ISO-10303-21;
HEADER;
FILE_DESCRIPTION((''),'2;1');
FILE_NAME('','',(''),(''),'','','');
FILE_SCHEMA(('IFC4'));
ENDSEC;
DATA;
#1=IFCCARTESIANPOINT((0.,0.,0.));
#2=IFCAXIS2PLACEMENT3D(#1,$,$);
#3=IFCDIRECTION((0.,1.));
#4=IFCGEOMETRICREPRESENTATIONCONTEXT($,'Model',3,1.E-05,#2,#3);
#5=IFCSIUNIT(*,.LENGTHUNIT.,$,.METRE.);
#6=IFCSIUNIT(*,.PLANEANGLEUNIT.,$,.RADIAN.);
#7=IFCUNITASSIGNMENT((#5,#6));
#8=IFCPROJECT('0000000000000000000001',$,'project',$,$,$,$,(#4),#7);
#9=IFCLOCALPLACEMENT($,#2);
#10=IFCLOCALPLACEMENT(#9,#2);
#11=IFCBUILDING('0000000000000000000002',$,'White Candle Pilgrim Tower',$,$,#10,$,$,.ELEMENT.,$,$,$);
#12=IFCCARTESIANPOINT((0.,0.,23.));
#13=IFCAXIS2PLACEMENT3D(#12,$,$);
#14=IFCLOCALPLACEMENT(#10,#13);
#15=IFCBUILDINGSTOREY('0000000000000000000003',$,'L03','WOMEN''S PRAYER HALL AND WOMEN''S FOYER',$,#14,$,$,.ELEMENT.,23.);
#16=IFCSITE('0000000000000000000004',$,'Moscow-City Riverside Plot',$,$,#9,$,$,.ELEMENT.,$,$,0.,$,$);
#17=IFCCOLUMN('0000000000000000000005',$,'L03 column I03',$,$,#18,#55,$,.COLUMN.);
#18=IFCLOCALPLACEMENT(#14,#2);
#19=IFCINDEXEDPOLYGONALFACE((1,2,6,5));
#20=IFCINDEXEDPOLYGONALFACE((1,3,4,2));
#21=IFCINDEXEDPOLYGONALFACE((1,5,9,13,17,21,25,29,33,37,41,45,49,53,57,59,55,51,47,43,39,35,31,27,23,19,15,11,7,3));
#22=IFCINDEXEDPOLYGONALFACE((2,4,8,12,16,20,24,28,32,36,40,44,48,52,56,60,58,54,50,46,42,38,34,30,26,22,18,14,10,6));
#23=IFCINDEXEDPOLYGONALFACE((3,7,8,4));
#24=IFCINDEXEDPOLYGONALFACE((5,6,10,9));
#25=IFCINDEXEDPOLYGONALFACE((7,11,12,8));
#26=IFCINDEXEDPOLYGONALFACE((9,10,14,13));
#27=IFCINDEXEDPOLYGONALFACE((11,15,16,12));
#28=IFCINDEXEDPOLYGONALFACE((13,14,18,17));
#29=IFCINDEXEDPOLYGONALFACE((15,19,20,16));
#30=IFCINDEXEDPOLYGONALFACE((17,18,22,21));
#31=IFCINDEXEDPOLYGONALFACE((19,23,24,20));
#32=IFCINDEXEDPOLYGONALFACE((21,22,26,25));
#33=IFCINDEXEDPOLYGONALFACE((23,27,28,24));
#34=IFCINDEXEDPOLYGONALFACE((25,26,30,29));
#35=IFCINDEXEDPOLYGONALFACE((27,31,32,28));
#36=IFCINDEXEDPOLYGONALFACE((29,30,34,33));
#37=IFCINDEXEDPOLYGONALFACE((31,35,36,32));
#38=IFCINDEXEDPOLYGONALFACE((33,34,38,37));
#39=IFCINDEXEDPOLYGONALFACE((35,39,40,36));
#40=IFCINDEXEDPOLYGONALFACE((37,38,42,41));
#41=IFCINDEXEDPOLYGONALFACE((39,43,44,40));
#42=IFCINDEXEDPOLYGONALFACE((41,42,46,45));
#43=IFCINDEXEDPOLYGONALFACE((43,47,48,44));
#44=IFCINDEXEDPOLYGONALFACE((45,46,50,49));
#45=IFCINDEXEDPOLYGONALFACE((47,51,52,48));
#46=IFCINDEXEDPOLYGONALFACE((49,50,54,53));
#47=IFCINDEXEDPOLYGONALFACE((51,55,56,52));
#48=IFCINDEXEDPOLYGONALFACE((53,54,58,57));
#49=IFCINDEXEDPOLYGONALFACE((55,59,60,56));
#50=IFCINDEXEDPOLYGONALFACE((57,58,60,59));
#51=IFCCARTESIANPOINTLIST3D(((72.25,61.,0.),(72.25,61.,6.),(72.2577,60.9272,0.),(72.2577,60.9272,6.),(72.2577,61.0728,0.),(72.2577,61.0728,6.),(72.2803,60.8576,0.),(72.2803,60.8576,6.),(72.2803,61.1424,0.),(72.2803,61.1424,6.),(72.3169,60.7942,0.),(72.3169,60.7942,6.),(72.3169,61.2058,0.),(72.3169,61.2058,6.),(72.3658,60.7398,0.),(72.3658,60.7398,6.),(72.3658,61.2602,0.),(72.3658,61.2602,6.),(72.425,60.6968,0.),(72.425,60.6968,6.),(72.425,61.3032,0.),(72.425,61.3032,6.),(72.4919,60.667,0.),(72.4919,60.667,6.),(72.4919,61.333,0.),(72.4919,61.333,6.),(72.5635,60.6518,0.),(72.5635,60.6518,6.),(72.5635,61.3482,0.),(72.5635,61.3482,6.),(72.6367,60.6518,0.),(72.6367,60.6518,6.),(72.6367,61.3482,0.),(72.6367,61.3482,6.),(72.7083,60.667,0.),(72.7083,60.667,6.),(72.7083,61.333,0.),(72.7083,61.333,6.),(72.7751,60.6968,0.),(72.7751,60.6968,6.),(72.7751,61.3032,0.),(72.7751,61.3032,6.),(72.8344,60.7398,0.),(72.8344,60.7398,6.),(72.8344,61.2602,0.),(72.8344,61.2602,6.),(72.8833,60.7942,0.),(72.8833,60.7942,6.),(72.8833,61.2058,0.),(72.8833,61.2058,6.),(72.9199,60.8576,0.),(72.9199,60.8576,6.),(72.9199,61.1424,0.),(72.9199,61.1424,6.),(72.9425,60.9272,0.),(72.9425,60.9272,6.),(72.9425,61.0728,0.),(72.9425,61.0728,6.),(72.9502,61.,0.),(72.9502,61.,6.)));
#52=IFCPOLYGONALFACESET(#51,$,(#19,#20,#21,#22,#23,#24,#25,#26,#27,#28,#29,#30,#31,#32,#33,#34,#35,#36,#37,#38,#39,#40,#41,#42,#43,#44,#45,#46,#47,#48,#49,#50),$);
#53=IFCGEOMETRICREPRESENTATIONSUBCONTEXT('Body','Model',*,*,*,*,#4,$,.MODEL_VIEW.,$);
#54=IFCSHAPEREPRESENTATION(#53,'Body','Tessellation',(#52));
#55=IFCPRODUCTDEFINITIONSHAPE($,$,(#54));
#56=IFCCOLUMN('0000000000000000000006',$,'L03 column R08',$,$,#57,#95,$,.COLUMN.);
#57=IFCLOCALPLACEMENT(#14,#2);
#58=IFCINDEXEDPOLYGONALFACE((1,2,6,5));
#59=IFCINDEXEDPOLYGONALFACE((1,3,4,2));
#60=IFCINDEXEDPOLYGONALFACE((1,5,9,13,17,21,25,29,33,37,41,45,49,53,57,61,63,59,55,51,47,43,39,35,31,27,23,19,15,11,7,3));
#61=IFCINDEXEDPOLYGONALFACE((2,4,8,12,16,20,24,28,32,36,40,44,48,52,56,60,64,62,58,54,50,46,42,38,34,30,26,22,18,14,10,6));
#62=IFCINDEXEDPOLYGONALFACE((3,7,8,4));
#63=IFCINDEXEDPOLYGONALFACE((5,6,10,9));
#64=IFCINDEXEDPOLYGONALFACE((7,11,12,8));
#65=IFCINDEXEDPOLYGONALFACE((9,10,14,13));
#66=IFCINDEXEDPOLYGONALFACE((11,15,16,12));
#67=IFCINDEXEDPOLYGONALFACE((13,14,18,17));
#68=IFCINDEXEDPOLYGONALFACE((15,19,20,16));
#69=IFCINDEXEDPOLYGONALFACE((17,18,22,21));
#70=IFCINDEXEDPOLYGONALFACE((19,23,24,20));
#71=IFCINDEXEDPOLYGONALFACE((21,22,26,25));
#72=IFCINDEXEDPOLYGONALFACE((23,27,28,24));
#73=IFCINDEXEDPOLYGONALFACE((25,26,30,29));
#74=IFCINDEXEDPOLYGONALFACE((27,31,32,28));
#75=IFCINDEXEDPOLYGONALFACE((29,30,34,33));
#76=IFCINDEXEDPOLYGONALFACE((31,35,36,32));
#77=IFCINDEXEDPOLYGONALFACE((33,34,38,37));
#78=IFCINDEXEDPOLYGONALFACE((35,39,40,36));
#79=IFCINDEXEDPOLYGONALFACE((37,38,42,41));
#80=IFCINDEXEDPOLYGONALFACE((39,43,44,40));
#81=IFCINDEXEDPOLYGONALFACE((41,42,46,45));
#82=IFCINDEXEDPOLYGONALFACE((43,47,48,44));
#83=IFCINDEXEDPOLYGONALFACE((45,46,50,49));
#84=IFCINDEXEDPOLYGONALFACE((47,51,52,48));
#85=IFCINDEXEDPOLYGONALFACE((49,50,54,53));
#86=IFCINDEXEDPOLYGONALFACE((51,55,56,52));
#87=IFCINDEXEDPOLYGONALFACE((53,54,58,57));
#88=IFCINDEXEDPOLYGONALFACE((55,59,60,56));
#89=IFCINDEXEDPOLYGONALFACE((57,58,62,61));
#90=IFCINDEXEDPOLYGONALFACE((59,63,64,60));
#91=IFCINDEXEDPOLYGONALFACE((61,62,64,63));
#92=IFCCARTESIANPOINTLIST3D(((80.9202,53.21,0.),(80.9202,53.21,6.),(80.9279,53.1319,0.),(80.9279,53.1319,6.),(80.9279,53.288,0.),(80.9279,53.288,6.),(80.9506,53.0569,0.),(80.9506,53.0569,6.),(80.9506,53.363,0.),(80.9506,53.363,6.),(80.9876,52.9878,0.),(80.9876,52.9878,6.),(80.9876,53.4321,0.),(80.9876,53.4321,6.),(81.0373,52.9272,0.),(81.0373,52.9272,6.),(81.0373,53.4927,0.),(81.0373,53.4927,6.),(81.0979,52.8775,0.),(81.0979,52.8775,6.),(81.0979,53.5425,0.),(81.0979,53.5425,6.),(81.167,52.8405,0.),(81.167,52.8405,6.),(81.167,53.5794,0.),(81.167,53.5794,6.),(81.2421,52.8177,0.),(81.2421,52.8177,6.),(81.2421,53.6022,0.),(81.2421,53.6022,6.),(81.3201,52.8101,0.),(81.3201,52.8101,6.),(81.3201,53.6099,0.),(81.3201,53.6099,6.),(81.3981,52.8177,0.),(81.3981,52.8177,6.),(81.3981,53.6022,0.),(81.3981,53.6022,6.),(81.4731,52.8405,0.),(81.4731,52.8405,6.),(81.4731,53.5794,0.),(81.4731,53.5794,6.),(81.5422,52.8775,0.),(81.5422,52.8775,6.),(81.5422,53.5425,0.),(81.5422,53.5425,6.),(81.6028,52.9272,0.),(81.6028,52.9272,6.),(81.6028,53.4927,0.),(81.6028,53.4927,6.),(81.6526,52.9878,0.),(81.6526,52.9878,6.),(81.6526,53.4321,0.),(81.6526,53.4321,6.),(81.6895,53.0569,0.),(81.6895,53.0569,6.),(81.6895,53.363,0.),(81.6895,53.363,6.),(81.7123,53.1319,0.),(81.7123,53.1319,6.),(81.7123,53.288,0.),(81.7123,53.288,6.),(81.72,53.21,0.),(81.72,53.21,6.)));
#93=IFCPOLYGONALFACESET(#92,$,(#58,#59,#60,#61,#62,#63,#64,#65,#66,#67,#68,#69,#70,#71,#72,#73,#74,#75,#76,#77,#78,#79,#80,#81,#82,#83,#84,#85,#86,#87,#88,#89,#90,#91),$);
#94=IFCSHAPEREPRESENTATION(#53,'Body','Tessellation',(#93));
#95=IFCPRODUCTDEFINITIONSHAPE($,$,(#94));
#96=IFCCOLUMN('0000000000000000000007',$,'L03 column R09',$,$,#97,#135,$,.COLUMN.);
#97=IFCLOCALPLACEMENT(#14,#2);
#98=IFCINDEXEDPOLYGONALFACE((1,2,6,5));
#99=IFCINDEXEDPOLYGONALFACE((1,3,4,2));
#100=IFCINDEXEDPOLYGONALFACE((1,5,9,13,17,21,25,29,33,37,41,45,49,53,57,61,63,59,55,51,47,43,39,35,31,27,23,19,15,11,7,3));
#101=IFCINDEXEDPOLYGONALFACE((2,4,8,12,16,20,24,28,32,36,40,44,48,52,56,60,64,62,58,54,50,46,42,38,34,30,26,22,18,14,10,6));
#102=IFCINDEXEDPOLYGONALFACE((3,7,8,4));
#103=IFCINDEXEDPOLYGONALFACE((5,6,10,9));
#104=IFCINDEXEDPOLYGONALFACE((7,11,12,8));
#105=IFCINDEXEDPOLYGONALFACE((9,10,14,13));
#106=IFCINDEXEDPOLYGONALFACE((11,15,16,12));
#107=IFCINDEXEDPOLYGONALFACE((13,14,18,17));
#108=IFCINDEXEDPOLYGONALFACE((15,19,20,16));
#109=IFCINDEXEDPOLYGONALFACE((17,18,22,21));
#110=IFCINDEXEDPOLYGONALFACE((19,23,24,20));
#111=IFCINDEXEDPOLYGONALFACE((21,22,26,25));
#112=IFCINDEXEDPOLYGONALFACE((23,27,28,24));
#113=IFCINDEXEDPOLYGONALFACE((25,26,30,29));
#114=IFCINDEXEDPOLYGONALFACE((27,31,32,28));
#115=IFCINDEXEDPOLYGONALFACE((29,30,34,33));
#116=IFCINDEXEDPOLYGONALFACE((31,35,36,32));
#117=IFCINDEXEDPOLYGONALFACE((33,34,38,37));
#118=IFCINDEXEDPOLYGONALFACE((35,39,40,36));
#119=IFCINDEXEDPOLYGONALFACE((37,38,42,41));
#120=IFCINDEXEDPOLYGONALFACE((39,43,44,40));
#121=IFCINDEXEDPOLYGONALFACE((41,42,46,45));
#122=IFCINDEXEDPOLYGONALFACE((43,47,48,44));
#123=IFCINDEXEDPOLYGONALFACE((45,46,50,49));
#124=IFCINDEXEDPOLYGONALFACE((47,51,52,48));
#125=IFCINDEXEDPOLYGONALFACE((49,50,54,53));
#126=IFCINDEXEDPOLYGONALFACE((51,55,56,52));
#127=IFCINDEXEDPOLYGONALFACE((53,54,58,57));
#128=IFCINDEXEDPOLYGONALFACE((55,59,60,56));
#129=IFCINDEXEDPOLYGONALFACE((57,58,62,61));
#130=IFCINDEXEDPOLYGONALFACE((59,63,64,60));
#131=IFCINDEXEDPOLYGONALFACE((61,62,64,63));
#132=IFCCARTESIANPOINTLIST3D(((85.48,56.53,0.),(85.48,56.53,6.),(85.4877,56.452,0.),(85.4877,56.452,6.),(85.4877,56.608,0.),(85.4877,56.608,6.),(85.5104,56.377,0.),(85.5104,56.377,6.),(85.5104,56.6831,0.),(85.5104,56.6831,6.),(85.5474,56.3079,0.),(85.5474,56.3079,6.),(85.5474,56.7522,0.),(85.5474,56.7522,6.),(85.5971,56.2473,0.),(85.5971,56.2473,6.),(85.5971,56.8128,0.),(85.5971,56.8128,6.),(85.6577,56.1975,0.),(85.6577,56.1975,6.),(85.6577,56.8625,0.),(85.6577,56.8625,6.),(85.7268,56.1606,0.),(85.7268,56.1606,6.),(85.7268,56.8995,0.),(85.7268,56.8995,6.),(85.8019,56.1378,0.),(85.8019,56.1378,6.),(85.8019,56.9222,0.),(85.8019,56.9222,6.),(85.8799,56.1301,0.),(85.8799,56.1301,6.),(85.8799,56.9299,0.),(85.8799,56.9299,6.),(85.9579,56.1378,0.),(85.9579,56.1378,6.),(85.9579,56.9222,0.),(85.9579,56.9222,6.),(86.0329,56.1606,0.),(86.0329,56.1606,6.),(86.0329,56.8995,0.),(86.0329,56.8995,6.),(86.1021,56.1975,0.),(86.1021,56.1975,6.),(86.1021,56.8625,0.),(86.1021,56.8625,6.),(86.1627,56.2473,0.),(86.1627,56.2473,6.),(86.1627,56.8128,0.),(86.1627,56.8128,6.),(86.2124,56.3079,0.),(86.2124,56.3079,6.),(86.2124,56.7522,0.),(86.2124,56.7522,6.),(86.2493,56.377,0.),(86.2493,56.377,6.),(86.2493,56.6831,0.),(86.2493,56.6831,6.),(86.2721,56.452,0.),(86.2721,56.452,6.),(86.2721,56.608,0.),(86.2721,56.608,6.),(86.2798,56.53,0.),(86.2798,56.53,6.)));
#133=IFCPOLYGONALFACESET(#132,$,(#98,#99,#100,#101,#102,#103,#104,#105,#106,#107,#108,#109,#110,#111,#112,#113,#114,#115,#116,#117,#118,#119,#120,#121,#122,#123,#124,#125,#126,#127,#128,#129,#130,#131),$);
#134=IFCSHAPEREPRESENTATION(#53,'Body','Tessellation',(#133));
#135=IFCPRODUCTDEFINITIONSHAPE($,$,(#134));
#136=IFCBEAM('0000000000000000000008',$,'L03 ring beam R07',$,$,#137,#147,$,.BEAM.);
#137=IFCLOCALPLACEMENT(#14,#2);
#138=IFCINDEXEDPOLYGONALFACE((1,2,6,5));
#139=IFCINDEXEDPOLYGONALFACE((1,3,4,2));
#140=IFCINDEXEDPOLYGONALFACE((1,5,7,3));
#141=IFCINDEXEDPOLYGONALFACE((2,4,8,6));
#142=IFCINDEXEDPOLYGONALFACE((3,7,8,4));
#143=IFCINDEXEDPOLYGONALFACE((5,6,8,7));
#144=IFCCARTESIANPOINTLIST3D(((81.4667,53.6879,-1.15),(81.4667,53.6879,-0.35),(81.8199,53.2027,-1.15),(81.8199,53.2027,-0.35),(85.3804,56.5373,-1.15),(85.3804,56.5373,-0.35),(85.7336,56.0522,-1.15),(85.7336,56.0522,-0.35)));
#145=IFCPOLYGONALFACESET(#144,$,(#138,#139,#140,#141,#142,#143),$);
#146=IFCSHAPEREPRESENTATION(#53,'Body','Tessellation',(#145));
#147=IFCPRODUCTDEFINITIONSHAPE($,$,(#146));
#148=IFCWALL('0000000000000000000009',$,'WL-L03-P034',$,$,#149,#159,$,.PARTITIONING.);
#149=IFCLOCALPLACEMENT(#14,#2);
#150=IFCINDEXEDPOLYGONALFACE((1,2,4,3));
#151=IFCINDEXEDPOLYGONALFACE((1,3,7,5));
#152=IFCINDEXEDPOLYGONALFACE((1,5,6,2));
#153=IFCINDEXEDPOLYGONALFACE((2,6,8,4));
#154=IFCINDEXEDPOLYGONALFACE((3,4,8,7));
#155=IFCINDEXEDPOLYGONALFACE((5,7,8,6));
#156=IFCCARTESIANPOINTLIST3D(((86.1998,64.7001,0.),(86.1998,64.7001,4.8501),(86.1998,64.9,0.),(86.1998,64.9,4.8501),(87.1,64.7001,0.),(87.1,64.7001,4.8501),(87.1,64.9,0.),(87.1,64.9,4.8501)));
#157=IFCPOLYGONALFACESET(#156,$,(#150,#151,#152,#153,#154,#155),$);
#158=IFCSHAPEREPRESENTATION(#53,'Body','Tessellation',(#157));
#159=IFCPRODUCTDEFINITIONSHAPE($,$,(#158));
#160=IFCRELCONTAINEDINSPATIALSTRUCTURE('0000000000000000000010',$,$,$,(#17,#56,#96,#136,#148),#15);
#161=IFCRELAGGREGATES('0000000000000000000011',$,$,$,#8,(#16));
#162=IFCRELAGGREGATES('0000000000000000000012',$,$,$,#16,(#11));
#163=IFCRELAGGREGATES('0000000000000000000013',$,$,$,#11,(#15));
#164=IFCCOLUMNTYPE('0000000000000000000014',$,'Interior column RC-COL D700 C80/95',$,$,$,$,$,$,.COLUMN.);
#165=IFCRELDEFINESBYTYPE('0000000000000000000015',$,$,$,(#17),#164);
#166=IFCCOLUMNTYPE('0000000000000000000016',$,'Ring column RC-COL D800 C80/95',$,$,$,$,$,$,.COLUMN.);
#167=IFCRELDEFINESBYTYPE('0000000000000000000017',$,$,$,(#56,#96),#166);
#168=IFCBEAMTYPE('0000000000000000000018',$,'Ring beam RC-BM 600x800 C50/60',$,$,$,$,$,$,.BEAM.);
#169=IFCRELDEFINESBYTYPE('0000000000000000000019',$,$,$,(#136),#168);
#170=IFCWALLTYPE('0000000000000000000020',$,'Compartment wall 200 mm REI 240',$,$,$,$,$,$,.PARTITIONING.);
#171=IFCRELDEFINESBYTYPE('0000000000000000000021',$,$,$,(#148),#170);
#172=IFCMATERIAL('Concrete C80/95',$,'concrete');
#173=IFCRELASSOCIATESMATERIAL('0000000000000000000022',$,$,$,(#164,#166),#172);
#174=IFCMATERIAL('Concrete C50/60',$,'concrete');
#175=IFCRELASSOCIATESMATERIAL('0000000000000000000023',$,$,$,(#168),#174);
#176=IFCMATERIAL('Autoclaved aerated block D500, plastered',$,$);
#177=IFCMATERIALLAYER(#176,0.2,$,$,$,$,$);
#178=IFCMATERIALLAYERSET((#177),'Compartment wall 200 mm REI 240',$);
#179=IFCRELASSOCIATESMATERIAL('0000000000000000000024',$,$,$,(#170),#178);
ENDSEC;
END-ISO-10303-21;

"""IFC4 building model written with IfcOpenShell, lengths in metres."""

from ifc_helpers import new_model, si_unit, direction, frame, frame_2d, origin, origin_2d, place, context, subcontext, project, spatial, rectangle, circle, extrude, material, layer, layer_set, material_profile, profile_set, type_object, element, save


model = new_model("IFC4")

# Units and contexts
model_context = context("Model", 3, precision=1e-05, world=origin(), true_north=direction((0.0, 1.0)))
body_context = subcontext(model_context, "Body", "Model", "MODEL_VIEW")
ifc_project = project(units=[si_unit("LENGTHUNIT", "METRE"), si_unit("PLANEANGLEUNIT", "RADIAN")], contexts=[model_context])

# Site, building, storey
site_placement = place(None, origin())
site = spatial("IfcSite", under=ifc_project, at=site_placement, Name="Moscow-City Riverside Plot", CompositionType="ELEMENT", RefElevation=0.0)
building_placement = place(site_placement, origin())
building = spatial("IfcBuilding", under=site, at=building_placement, Name="White Candle Pilgrim Tower", CompositionType="ELEMENT")
storey_placement = place(building_placement, frame((0.0, 0.0, 23.0)))
storey = spatial("IfcBuildingStorey", under=building, at=storey_placement, Name="L03", Description="WOMEN'S PRAYER HALL AND WOMEN'S FOYER", CompositionType="ELEMENT", Elevation=23.0)

# Columns
ifc_material_1 = material(Name="Concrete C80/95", Category="concrete")
ifc_material_profile_1 = material_profile(ifc_material_1, circle(Radius=0.3501, at=origin_2d()), Name="RC-COL D700")
ifc_profile_set_1 = profile_set([ifc_material_profile_1], Name="Concrete C80/95")
column_type_1 = type_object("IfcColumnType", Name="Interior column RC-COL D700 C80/95", PredefinedType="COLUMN", material=ifc_profile_set_1)
column_placement = place(storey_placement, frame((72.6001, 61.0, 0.0), z_axis=(0.0, 0.0, 1.0), x_axis=(1.0, 0.0, 0.0)))
element("IfcColumn", 1, at=column_placement, inside=storey, type_object=column_type_1, Name="L03 column I03", PredefinedType="COLUMN", context=body_context, shape_type="SweptSolid", body=[
    extrude(circle(Radius=0.3501, at=origin_2d()), origin(), (0.0, 0.0, 1.0), 6.0),
])
ifc_material_profile_2 = material_profile(ifc_material_1, circle(Radius=0.3999, at=origin_2d()), Name="RC-COL D800")
ifc_profile_set_2 = profile_set([ifc_material_profile_2], Name="Concrete C80/95")
column_type_2 = type_object("IfcColumnType", Name="Ring column RC-COL D800 C80/95", PredefinedType="COLUMN", material=ifc_profile_set_2)
for number, where, z_axis, x_axis, name in (
    (2, (81.3201, 53.21, 0.0), (0.0, 0.0, 1.0), (1.0, 0.0, 0.0), "L03 column R08"),
    (3, (85.8799, 56.53, 0.0), (0.0, 0.0, 1.0), (1.0, 0.0, 0.0), "L03 column R09"),
):
    element("IfcColumn", number, at=place(storey_placement, frame(where, z_axis=z_axis, x_axis=x_axis)), inside=storey, type_object=column_type_2, Name=name, PredefinedType="COLUMN", context=body_context, shape_type="SweptSolid", body=[
        extrude(circle(Radius=0.3999, at=origin_2d()), origin(), (0.0, 0.0, 1.0), 6.0),
    ])

# Beam
ifc_material_2 = material(Name="Concrete C50/60", Category="concrete")
ifc_material_profile_3 = material_profile(ifc_material_2, rectangle(XDim=0.6001, YDim=0.8, at=origin_2d()), Name="RC-BM 600x800")
ifc_profile_set_3 = profile_set([ifc_material_profile_3], Name="Concrete C50/60")
beam_type = type_object("IfcBeamType", Name="Ring beam RC-BM 600x800 C50/60", PredefinedType="BEAM", material=ifc_profile_set_3)
beam_placement = place(storey_placement, frame((81.6433, 53.4453, -0.75), z_axis=(0.808428, 0.588594, 0.0), x_axis=(-0.588594, 0.808428, 0.0)))
element("IfcBeam", 4, at=beam_placement, inside=storey, type_object=beam_type, Name="L03 ring beam R07", PredefinedType="BEAM", context=body_context, shape_type="SweptSolid", body=[
    extrude(rectangle(XDim=0.6001, YDim=0.8, at=origin_2d()), origin(), (0.0, 0.0, 1.0), 4.8411),
])

# Wall
ifc_material_3 = material(Name="Autoclaved aerated block D500, plastered")
ifc_layer_1 = layer(ifc_material_3, 0.2)
ifc_layer_set_1 = layer_set([ifc_layer_1], Name="Compartment wall 200 mm REI 240")
wall_type_1 = type_object("IfcWallType", Name="Compartment wall 200 mm REI 240", PredefinedType="PARTITIONING", material=ifc_layer_set_1)
wall_1_placement = place(storey_placement, frame((87.1001, 64.8, 0.0), z_axis=(0.0, 0.0, 1.0), x_axis=(-1.0, 0.0, 0.0)))
element("IfcWall", 5, at=wall_1_placement, inside=storey, type_object=wall_type_1, Name="WL-L03-P034", PredefinedType="PARTITIONING", context=body_context, shape_type="SweptSolid", body=[
    extrude(rectangle(XDim=0.9001, YDim=0.2, at=frame_2d((0.4502, 0.0))), origin(), (0.0, 0.0, 1.0), 4.8501),
])

save(model, "model.ifc")
